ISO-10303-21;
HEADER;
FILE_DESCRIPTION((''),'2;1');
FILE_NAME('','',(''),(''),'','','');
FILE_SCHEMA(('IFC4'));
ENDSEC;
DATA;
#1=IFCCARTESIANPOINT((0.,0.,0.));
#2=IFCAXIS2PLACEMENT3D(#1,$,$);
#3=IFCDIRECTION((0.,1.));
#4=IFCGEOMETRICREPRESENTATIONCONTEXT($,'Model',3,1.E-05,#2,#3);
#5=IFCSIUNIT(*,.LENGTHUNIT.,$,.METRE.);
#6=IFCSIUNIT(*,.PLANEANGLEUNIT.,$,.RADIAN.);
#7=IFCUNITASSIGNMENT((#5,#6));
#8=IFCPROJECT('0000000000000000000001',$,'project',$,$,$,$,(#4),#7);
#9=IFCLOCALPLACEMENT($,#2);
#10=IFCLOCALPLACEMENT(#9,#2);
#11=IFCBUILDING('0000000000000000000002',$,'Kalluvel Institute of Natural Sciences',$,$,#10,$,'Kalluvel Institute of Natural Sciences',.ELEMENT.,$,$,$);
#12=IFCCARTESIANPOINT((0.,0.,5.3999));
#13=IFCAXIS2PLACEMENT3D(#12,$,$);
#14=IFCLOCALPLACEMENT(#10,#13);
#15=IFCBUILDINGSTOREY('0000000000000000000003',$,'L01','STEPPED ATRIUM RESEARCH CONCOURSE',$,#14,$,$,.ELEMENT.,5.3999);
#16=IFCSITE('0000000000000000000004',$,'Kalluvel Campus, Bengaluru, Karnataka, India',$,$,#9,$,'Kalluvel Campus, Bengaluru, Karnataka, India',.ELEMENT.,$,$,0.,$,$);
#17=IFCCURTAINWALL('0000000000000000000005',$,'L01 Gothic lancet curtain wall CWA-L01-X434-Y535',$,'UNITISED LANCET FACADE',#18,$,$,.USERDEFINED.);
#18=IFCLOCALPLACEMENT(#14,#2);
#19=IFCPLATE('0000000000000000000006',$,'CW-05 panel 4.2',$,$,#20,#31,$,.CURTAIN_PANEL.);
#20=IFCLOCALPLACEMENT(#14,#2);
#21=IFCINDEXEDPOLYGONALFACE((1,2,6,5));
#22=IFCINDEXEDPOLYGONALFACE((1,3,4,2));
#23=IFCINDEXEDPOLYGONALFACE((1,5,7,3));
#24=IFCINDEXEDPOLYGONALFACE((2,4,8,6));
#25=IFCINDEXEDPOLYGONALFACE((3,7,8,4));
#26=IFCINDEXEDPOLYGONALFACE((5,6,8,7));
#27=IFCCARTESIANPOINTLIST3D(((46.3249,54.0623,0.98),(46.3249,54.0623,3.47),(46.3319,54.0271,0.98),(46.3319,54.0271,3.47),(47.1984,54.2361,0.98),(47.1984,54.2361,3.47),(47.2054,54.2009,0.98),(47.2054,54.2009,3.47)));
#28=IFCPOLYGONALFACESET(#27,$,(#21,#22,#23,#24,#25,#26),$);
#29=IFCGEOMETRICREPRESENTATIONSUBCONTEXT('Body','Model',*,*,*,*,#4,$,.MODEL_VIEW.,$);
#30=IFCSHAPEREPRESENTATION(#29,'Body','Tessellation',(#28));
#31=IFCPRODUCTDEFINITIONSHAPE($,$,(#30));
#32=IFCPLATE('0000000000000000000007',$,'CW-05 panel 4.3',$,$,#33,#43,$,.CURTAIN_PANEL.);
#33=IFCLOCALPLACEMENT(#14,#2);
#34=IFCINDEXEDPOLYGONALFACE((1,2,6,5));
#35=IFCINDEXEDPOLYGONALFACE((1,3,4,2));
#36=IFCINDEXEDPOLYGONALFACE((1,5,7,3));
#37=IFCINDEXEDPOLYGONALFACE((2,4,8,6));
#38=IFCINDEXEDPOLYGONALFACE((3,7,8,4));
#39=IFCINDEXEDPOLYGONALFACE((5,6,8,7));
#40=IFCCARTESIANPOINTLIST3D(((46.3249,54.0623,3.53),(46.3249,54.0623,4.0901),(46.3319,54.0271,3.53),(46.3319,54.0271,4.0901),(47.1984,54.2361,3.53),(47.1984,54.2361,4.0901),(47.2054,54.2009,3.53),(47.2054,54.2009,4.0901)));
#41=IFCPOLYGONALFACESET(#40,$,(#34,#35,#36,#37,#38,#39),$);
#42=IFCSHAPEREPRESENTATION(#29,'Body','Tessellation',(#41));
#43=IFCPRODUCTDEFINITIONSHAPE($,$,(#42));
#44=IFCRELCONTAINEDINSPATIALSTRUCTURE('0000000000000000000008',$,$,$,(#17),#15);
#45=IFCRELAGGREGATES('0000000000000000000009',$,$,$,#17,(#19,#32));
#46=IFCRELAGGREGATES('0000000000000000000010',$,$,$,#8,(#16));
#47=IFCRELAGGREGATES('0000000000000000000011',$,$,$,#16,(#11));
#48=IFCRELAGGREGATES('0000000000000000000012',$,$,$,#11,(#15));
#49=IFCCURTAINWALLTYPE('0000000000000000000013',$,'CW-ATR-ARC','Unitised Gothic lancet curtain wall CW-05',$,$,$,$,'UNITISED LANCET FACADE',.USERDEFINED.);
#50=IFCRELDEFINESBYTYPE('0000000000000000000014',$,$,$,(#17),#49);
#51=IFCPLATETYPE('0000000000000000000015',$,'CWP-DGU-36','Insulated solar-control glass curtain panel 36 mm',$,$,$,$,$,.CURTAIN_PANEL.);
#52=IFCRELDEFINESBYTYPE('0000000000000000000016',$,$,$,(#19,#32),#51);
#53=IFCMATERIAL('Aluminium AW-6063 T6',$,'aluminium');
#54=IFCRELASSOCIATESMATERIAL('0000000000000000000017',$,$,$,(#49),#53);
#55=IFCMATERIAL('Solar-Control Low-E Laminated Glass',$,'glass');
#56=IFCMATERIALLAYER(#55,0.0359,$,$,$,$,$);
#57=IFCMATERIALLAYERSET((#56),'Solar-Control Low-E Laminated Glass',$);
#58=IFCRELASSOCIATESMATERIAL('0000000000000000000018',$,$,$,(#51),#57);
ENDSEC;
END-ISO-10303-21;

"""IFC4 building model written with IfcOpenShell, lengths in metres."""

from ifc_helpers import new_model, si_unit, direction, frame, origin, origin_2d, place, context, subcontext, project, spatial, rectangle, extrude, material, layer, layer_set, type_object, element, aggregate, save


model = new_model("IFC4")

# Units and contexts
model_context = context("Model", 3, precision=1e-05, world=origin(), true_north=direction((0.0, 1.0)))
body_context = subcontext(model_context, "Body", "Model", "MODEL_VIEW")
ifc_project = project(units=[si_unit("LENGTHUNIT", "METRE"), si_unit("PLANEANGLEUNIT", "RADIAN")], contexts=[model_context])

# Site, building, storey
site_placement = place(None, origin())
site = spatial("IfcSite", under=ifc_project, at=site_placement, Name="Kalluvel Campus, Bengaluru, Karnataka, India", LongName="Kalluvel Campus, Bengaluru, Karnataka, India", CompositionType="ELEMENT", RefElevation=0.0)
building_placement = place(site_placement, origin())
building = spatial("IfcBuilding", under=site, at=building_placement, Name="Kalluvel Institute of Natural Sciences", LongName="Kalluvel Institute of Natural Sciences", CompositionType="ELEMENT")
storey_placement = place(building_placement, frame((0.0, 0.0, 5.3999)))
storey = spatial("IfcBuildingStorey", under=building, at=storey_placement, Name="L01", Description="STEPPED ATRIUM RESEARCH CONCOURSE", CompositionType="ELEMENT", Elevation=5.3999)

# Curtain wall, plates
ifc_material_1 = material(Name="Aluminium AW-6063 T6", Category="aluminium")
curtain_wall_type = type_object("IfcCurtainWallType", Name="CW-ATR-ARC", Description="Unitised Gothic lancet curtain wall CW-05", ElementType="UNITISED LANCET FACADE", PredefinedType="USERDEFINED", material=ifc_material_1)
curtain_wall_placement = place(storey_placement, origin())
curtain_wall = element("IfcCurtainWall", 1, at=curtain_wall_placement, inside=storey, type_object=curtain_wall_type, Name="L01 Gothic lancet curtain wall CWA-L01-X434-Y535", ObjectType="UNITISED LANCET FACADE", PredefinedType="USERDEFINED")
ifc_material_2 = material(Name="Solar-Control Low-E Laminated Glass", Category="glass")
ifc_layer = layer(ifc_material_2, 0.0359)
ifc_layer_set = layer_set([ifc_layer], Name="Solar-Control Low-E Laminated Glass")
plate_type = type_object("IfcPlateType", Name="CWP-DGU-36", Description="Insulated solar-control glass curtain panel 36 mm", PredefinedType="CURTAIN_PANEL", material=ifc_layer_set)
plate_1_placement = place(storey_placement, frame((46.7651, 54.1316, 0.98), z_axis=(0.0, 0.0, 1.0), x_axis=(0.980788, 0.195077, 0.0)))
plate_1 = element("IfcPlate", 2, at=plate_1_placement, type_object=plate_type, Name="CW-05 panel 4.2", PredefinedType="CURTAIN_PANEL", context=body_context, shape_type="SweptSolid", body=[
    extrude(rectangle(XDim=0.8906, YDim=0.0359, at=origin_2d()), origin(), (0.0, 0.0, 1.0), 2.49),
])
plate_2_placement = place(storey_placement, frame((46.7651, 54.1316, 3.53), z_axis=(0.0, 0.0, 1.0), x_axis=(0.980788, 0.195077, 0.0)))
plate_2 = element("IfcPlate", 3, at=plate_2_placement, type_object=plate_type, Name="CW-05 panel 4.3", PredefinedType="CURTAIN_PANEL", context=body_context, shape_type="SweptSolid", body=[
    extrude(rectangle(XDim=0.8906, YDim=0.0359, at=origin_2d()), origin(), (0.0, 0.0, 1.0), 0.5601),
])
aggregate(curtain_wall, [plate_1, plate_2])

save(model, "model.ifc")
